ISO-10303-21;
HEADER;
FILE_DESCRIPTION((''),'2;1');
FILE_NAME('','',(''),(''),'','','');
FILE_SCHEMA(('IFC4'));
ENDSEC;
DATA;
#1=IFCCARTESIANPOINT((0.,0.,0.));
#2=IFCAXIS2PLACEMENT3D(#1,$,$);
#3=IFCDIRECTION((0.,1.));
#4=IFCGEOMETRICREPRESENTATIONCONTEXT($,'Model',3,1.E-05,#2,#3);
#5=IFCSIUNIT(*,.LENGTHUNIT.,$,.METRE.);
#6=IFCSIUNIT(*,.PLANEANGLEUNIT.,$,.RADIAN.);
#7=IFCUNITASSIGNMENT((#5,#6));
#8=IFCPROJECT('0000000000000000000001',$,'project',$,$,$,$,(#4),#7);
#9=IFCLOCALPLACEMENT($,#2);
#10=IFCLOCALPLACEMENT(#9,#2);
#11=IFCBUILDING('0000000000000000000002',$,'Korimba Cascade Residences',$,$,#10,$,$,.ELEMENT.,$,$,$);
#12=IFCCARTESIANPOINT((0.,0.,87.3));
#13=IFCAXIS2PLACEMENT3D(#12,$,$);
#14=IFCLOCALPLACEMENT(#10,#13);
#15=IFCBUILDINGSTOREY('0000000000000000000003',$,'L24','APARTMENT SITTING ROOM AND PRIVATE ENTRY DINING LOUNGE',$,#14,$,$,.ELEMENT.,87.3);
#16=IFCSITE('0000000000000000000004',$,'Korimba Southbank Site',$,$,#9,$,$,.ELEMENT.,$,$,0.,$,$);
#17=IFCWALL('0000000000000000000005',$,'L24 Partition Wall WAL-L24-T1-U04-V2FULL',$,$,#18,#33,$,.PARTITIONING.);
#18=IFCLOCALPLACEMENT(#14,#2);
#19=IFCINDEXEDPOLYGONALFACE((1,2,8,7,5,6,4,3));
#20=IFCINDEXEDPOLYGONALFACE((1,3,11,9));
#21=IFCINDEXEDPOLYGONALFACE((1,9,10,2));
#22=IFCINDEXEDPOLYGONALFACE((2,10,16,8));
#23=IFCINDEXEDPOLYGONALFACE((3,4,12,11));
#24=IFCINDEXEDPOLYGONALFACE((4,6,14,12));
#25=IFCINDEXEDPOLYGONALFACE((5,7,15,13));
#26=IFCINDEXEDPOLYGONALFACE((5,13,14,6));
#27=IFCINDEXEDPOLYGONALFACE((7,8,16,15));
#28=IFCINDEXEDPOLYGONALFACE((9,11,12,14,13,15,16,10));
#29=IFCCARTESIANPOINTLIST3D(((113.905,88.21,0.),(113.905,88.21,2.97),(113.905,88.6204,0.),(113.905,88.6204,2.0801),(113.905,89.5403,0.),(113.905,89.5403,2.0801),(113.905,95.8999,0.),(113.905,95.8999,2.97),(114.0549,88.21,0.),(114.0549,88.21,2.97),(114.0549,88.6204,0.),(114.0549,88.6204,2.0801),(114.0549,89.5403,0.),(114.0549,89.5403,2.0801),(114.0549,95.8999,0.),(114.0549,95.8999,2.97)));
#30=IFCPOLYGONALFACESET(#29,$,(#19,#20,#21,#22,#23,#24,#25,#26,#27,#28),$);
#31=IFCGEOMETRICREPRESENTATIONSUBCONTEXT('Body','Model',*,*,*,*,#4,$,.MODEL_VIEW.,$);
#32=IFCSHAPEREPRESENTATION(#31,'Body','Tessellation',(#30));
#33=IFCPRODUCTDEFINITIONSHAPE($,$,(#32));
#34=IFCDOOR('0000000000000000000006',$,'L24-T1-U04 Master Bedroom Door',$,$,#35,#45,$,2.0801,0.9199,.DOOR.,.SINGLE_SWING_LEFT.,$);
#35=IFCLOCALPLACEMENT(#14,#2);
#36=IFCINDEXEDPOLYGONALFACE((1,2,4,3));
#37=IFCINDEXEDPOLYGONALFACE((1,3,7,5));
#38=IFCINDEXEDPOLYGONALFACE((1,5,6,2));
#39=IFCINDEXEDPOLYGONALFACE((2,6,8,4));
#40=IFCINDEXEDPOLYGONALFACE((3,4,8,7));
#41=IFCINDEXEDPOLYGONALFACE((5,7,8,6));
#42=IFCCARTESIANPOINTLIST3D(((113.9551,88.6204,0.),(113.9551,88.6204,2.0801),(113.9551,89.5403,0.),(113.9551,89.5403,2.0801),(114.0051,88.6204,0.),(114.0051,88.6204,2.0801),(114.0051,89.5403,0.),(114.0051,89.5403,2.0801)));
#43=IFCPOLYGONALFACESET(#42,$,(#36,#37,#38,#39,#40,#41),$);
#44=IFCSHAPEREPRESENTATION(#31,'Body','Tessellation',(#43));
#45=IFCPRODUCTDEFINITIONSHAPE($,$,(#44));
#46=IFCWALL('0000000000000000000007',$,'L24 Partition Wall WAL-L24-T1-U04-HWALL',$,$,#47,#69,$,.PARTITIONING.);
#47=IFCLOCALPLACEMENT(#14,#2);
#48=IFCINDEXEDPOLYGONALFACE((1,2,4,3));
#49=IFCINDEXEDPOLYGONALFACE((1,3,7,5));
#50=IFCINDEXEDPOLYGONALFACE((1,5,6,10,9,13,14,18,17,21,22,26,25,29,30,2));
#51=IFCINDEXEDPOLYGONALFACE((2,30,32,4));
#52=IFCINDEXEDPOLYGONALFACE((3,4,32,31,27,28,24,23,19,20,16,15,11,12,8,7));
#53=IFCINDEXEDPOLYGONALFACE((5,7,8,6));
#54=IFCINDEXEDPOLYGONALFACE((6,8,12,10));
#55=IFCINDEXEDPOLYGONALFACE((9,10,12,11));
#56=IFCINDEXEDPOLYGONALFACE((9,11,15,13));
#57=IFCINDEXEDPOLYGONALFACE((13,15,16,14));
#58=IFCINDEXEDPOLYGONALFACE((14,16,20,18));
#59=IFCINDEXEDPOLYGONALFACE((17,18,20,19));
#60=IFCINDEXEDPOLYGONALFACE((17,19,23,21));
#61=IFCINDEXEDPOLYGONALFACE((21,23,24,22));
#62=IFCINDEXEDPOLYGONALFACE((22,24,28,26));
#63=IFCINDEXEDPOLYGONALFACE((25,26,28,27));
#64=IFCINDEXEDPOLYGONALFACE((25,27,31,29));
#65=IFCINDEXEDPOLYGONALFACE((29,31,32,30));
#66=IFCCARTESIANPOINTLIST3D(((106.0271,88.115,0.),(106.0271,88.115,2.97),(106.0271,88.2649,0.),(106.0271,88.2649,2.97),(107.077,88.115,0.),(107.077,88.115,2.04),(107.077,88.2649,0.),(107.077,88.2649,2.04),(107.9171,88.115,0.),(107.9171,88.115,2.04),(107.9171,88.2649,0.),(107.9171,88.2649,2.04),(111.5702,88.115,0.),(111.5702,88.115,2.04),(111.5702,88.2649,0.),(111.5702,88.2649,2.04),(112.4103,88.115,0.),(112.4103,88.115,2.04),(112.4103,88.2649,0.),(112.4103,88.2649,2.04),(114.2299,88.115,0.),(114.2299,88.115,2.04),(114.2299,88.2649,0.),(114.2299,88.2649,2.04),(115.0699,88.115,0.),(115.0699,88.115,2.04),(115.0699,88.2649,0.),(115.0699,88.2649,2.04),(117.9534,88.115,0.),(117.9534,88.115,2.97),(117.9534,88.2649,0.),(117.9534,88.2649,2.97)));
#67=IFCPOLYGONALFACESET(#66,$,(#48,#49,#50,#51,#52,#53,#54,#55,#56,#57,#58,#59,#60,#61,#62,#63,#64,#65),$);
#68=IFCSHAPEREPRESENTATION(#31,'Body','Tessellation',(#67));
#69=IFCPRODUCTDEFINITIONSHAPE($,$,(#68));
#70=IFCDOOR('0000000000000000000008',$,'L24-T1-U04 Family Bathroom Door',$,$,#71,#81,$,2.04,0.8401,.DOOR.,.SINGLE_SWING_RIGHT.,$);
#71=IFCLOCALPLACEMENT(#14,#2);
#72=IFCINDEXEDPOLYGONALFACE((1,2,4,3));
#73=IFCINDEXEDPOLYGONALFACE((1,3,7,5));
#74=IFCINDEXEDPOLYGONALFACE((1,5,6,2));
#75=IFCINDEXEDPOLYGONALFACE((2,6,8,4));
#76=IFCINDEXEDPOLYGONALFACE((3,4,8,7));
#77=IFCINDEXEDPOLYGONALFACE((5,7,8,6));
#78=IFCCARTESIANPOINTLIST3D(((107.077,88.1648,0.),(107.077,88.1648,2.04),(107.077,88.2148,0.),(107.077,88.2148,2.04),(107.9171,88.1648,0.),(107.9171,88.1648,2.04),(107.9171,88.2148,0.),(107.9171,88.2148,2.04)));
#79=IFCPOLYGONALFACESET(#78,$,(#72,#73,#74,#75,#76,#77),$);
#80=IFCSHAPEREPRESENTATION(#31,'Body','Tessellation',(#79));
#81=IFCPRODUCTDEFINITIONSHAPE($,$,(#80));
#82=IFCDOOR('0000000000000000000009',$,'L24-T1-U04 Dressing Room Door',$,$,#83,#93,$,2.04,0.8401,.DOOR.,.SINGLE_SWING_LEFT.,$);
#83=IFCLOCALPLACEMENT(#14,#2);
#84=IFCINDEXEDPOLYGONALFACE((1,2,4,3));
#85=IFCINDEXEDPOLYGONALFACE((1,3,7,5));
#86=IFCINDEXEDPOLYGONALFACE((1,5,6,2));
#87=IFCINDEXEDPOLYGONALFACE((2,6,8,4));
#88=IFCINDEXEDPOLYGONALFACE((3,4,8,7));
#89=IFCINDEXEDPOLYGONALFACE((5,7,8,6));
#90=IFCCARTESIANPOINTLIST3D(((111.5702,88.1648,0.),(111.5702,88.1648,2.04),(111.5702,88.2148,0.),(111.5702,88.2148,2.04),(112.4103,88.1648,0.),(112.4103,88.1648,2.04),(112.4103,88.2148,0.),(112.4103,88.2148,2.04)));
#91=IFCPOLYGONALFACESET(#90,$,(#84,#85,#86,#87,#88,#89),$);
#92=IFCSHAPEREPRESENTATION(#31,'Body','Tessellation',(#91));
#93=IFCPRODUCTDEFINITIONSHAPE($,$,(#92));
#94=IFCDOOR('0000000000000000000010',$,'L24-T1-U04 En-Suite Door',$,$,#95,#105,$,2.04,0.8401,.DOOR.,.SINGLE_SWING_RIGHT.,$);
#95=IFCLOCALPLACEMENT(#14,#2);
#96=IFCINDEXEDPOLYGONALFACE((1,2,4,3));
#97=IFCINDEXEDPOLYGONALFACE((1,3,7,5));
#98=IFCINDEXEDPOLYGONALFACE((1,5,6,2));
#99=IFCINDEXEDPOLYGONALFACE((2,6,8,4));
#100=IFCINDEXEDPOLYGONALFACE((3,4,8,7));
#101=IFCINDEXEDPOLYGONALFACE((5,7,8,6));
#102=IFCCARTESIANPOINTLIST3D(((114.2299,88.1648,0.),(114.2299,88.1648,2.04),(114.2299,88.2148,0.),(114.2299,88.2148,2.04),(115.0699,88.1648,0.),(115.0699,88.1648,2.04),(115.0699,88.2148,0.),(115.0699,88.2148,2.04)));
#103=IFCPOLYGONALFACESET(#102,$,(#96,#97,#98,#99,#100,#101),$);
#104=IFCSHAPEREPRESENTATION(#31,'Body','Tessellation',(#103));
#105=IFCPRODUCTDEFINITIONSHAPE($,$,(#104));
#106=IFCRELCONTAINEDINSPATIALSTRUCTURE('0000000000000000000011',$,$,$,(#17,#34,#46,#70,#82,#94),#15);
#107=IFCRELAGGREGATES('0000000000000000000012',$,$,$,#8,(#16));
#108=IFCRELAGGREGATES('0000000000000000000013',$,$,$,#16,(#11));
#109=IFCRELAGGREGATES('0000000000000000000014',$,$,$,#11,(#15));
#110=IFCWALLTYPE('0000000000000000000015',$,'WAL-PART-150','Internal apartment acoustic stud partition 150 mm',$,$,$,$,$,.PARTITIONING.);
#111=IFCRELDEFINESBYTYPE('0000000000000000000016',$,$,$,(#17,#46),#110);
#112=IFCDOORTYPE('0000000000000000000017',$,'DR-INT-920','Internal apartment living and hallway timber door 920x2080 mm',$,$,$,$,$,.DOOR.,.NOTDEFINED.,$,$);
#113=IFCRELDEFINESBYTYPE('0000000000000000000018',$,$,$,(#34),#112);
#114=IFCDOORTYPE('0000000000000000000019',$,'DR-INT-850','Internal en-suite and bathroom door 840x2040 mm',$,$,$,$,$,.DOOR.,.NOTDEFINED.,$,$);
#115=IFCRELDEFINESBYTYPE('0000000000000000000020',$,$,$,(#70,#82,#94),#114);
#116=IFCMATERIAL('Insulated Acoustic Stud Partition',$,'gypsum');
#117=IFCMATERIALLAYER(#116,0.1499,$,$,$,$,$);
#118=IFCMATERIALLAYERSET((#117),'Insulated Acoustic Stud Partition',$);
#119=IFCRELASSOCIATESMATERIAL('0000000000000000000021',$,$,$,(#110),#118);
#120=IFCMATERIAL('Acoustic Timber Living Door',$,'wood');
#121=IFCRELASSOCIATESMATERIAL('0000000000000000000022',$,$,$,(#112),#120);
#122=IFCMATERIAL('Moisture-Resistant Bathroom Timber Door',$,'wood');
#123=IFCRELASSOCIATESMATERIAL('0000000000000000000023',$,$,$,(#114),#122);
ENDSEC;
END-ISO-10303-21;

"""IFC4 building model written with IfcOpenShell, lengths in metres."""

from ifc_helpers import new_model, si_unit, direction, frame, frame_2d, origin, place, context, subcontext, project, spatial, rectangle, extrude, material, layer, layer_set, type_object, element, fill, save


model = new_model("IFC4")

# Units and contexts
model_context = context("Model", 3, precision=1e-05, world=origin(), true_north=direction((0.0, 1.0)))
body_context = subcontext(model_context, "Body", "Model", "MODEL_VIEW")
ifc_project = project(units=[si_unit("LENGTHUNIT", "METRE"), si_unit("PLANEANGLEUNIT", "RADIAN")], contexts=[model_context])

# Site, building, storey
site_placement = place(None, origin())
site = spatial("IfcSite", under=ifc_project, at=site_placement, Name="Korimba Southbank Site", CompositionType="ELEMENT", RefElevation=0.0)
building_placement = place(site_placement, origin())
building = spatial("IfcBuilding", under=site, at=building_placement, Name="Korimba Cascade Residences", CompositionType="ELEMENT")
storey_placement = place(building_placement, frame((0.0, 0.0, 87.3)))
storey = spatial("IfcBuildingStorey", under=building, at=storey_placement, Name="L24", Description="APARTMENT SITTING ROOM AND PRIVATE ENTRY DINING LOUNGE", CompositionType="ELEMENT", Elevation=87.3)

# Shared definitions
ifc_material_1 = material(Name="Insulated Acoustic Stud Partition", Category="gypsum")
ifc_layer = layer(ifc_material_1, 0.1499)
ifc_layer_set = layer_set([ifc_layer], Name="Insulated Acoustic Stud Partition")
wall_type = type_object("IfcWallType", Name="WAL-PART-150", Description="Internal apartment acoustic stud partition 150 mm", PredefinedType="PARTITIONING", material=ifc_layer_set)

# Wall, opening, door
wall_1_placement = place(storey_placement, frame((113.98, 88.21, 0.0), z_axis=(0.0, 0.0, 1.0), x_axis=(0.0, 1.0, 0.0)))
wall_1 = element("IfcWall", 1, at=wall_1_placement, inside=storey, type_object=wall_type, Name="L24 Partition Wall WAL-L24-T1-U04-V2FULL", PredefinedType="PARTITIONING", context=body_context, shape_type="SweptSolid", body=[
    extrude(rectangle(XDim=7.6899, YDim=0.1499, at=frame_2d((3.845, 0.0))), origin(), (0.0, 0.0, 1.0), 2.97),
])
opening_1_placement = place(wall_1_placement, frame((0.4104, 0.0, 0.0)))
opening_1 = element("IfcOpeningElement", 2, at=opening_1_placement, cuts=wall_1, PredefinedType="OPENING", context=body_context, shape_type="SweptSolid", body=[
    extrude(rectangle(XDim=0.9199, YDim=2.0801, at=frame_2d((0.46, 1.04))), frame((0.0, 0.085, 0.0), z_axis=(0.0, -1.0, 0.0), x_axis=(1.0, 0.0, 0.0)), (0.0, 0.0, 1.0), 0.1699),
])
ifc_material_2 = material(Name="Acoustic Timber Living Door", Category="wood")
door_type_1 = type_object("IfcDoorType", Name="DR-INT-920", Description="Internal apartment living and hallway timber door 920x2080 mm", OperationType="NOTDEFINED", PredefinedType="DOOR", material=ifc_material_2)
door_1_placement = place(opening_1_placement, origin())
door_1 = element("IfcDoor", 3, at=door_1_placement, inside=storey, type_object=door_type_1, Name="L24-T1-U04 Master Bedroom Door", OperationType="SINGLE_SWING_LEFT", OverallHeight=2.0801, OverallWidth=0.9199, PredefinedType="DOOR", context=body_context, shape_type="SweptSolid", body=[
    extrude(rectangle(XDim=0.9199, YDim=2.0801, at=frame_2d((0.46, 1.04))), frame((0.0, 0.0249, 0.0), z_axis=(0.0, -1.0, 0.0), x_axis=(1.0, 0.0, 0.0)), (0.0, 0.0, 1.0), 0.05),
])
fill(opening_1, door_1)

# Wall, openings, doors
wall_2_placement = place(storey_placement, frame((106.0271, 88.1899, 0.0), z_axis=(0.0, 0.0, 1.0), x_axis=(1.0, 0.0, 0.0)))
wall_2 = element("IfcWall", 4, at=wall_2_placement, inside=storey, type_object=wall_type, Name="L24 Partition Wall WAL-L24-T1-U04-HWALL", PredefinedType="PARTITIONING", context=body_context, shape_type="SweptSolid", body=[
    extrude(rectangle(XDim=11.9263, YDim=0.1499, at=frame_2d((5.9631, 0.0))), origin(), (0.0, 0.0, 1.0), 2.97),
])
opening_2_placement = place(wall_2_placement, frame((1.05, 0.0, 0.0)))
opening_2 = element("IfcOpeningElement", 5, at=opening_2_placement, cuts=wall_2, PredefinedType="OPENING", context=body_context, shape_type="SweptSolid", body=[
    extrude(rectangle(XDim=0.8401, YDim=2.04, at=frame_2d((0.4199, 1.02))), frame((0.0, 0.085, 0.0), z_axis=(0.0, -1.0, 0.0), x_axis=(1.0, 0.0, 0.0)), (0.0, 0.0, 1.0), 0.1699),
])
opening_3_placement = place(wall_2_placement, frame((5.5432, 0.0, 0.0)))
opening_3 = element("IfcOpeningElement", 6, at=opening_3_placement, cuts=wall_2, PredefinedType="OPENING", context=body_context, shape_type="SweptSolid", body=[
    extrude(rectangle(XDim=0.8401, YDim=2.04, at=frame_2d((0.4199, 1.02))), frame((0.0, 0.085, 0.0), z_axis=(0.0, -1.0, 0.0), x_axis=(1.0, 0.0, 0.0)), (0.0, 0.0, 1.0), 0.1699),
])
opening_4_placement = place(wall_2_placement, frame((8.2029, 0.0, 0.0)))
opening_4 = element("IfcOpeningElement", 7, at=opening_4_placement, cuts=wall_2, PredefinedType="OPENING", context=body_context, shape_type="SweptSolid", body=[
    extrude(rectangle(XDim=0.8401, YDim=2.04, at=frame_2d((0.4199, 1.02))), frame((0.0, 0.085, 0.0), z_axis=(0.0, -1.0, 0.0), x_axis=(1.0, 0.0, 0.0)), (0.0, 0.0, 1.0), 0.1699),
])
ifc_material_3 = material(Name="Moisture-Resistant Bathroom Timber Door", Category="wood")
door_type_2 = type_object("IfcDoorType", Name="DR-INT-850", Description="Internal en-suite and bathroom door 840x2040 mm", OperationType="NOTDEFINED", PredefinedType="DOOR", material=ifc_material_3)
door_2_placement = place(opening_2_placement, origin())
door_2 = element("IfcDoor", 8, at=door_2_placement, inside=storey, type_object=door_type_2, Name="L24-T1-U04 Family Bathroom Door", OperationType="SINGLE_SWING_RIGHT", OverallHeight=2.04, OverallWidth=0.8401, PredefinedType="DOOR", context=body_context, shape_type="SweptSolid", body=[
    extrude(rectangle(XDim=0.8401, YDim=2.04, at=frame_2d((0.4199, 1.02))), frame((0.0, 0.0249, 0.0), z_axis=(0.0, -1.0, 0.0), x_axis=(1.0, 0.0, 0.0)), (0.0, 0.0, 1.0), 0.05),
])
fill(opening_2, door_2)
door_3_placement = place(opening_3_placement, origin())
door_3 = element("IfcDoor", 9, at=door_3_placement, inside=storey, type_object=door_type_2, Name="L24-T1-U04 Dressing Room Door", OperationType="SINGLE_SWING_LEFT", OverallHeight=2.04, OverallWidth=0.8401, PredefinedType="DOOR", context=body_context, shape_type="SweptSolid", body=[
    extrude(rectangle(XDim=0.8401, YDim=2.04, at=frame_2d((0.4199, 1.02))), frame((0.0, 0.0249, 0.0), z_axis=(0.0, -1.0, 0.0), x_axis=(1.0, 0.0, 0.0)), (0.0, 0.0, 1.0), 0.05),
])
fill(opening_3, door_3)
door_4_placement = place(opening_4_placement, origin())
door_4 = element("IfcDoor", 10, at=door_4_placement, inside=storey, type_object=door_type_2, Name="L24-T1-U04 En-Suite Door", OperationType="SINGLE_SWING_RIGHT", OverallHeight=2.04, OverallWidth=0.8401, PredefinedType="DOOR", context=body_context, shape_type="SweptSolid", body=[
    extrude(rectangle(XDim=0.8401, YDim=2.04, at=frame_2d((0.4199, 1.02))), frame((0.0, 0.0249, 0.0), z_axis=(0.0, -1.0, 0.0), x_axis=(1.0, 0.0, 0.0)), (0.0, 0.0, 1.0), 0.05),
])
fill(opening_4, door_4)

save(model, "model.ifc")
